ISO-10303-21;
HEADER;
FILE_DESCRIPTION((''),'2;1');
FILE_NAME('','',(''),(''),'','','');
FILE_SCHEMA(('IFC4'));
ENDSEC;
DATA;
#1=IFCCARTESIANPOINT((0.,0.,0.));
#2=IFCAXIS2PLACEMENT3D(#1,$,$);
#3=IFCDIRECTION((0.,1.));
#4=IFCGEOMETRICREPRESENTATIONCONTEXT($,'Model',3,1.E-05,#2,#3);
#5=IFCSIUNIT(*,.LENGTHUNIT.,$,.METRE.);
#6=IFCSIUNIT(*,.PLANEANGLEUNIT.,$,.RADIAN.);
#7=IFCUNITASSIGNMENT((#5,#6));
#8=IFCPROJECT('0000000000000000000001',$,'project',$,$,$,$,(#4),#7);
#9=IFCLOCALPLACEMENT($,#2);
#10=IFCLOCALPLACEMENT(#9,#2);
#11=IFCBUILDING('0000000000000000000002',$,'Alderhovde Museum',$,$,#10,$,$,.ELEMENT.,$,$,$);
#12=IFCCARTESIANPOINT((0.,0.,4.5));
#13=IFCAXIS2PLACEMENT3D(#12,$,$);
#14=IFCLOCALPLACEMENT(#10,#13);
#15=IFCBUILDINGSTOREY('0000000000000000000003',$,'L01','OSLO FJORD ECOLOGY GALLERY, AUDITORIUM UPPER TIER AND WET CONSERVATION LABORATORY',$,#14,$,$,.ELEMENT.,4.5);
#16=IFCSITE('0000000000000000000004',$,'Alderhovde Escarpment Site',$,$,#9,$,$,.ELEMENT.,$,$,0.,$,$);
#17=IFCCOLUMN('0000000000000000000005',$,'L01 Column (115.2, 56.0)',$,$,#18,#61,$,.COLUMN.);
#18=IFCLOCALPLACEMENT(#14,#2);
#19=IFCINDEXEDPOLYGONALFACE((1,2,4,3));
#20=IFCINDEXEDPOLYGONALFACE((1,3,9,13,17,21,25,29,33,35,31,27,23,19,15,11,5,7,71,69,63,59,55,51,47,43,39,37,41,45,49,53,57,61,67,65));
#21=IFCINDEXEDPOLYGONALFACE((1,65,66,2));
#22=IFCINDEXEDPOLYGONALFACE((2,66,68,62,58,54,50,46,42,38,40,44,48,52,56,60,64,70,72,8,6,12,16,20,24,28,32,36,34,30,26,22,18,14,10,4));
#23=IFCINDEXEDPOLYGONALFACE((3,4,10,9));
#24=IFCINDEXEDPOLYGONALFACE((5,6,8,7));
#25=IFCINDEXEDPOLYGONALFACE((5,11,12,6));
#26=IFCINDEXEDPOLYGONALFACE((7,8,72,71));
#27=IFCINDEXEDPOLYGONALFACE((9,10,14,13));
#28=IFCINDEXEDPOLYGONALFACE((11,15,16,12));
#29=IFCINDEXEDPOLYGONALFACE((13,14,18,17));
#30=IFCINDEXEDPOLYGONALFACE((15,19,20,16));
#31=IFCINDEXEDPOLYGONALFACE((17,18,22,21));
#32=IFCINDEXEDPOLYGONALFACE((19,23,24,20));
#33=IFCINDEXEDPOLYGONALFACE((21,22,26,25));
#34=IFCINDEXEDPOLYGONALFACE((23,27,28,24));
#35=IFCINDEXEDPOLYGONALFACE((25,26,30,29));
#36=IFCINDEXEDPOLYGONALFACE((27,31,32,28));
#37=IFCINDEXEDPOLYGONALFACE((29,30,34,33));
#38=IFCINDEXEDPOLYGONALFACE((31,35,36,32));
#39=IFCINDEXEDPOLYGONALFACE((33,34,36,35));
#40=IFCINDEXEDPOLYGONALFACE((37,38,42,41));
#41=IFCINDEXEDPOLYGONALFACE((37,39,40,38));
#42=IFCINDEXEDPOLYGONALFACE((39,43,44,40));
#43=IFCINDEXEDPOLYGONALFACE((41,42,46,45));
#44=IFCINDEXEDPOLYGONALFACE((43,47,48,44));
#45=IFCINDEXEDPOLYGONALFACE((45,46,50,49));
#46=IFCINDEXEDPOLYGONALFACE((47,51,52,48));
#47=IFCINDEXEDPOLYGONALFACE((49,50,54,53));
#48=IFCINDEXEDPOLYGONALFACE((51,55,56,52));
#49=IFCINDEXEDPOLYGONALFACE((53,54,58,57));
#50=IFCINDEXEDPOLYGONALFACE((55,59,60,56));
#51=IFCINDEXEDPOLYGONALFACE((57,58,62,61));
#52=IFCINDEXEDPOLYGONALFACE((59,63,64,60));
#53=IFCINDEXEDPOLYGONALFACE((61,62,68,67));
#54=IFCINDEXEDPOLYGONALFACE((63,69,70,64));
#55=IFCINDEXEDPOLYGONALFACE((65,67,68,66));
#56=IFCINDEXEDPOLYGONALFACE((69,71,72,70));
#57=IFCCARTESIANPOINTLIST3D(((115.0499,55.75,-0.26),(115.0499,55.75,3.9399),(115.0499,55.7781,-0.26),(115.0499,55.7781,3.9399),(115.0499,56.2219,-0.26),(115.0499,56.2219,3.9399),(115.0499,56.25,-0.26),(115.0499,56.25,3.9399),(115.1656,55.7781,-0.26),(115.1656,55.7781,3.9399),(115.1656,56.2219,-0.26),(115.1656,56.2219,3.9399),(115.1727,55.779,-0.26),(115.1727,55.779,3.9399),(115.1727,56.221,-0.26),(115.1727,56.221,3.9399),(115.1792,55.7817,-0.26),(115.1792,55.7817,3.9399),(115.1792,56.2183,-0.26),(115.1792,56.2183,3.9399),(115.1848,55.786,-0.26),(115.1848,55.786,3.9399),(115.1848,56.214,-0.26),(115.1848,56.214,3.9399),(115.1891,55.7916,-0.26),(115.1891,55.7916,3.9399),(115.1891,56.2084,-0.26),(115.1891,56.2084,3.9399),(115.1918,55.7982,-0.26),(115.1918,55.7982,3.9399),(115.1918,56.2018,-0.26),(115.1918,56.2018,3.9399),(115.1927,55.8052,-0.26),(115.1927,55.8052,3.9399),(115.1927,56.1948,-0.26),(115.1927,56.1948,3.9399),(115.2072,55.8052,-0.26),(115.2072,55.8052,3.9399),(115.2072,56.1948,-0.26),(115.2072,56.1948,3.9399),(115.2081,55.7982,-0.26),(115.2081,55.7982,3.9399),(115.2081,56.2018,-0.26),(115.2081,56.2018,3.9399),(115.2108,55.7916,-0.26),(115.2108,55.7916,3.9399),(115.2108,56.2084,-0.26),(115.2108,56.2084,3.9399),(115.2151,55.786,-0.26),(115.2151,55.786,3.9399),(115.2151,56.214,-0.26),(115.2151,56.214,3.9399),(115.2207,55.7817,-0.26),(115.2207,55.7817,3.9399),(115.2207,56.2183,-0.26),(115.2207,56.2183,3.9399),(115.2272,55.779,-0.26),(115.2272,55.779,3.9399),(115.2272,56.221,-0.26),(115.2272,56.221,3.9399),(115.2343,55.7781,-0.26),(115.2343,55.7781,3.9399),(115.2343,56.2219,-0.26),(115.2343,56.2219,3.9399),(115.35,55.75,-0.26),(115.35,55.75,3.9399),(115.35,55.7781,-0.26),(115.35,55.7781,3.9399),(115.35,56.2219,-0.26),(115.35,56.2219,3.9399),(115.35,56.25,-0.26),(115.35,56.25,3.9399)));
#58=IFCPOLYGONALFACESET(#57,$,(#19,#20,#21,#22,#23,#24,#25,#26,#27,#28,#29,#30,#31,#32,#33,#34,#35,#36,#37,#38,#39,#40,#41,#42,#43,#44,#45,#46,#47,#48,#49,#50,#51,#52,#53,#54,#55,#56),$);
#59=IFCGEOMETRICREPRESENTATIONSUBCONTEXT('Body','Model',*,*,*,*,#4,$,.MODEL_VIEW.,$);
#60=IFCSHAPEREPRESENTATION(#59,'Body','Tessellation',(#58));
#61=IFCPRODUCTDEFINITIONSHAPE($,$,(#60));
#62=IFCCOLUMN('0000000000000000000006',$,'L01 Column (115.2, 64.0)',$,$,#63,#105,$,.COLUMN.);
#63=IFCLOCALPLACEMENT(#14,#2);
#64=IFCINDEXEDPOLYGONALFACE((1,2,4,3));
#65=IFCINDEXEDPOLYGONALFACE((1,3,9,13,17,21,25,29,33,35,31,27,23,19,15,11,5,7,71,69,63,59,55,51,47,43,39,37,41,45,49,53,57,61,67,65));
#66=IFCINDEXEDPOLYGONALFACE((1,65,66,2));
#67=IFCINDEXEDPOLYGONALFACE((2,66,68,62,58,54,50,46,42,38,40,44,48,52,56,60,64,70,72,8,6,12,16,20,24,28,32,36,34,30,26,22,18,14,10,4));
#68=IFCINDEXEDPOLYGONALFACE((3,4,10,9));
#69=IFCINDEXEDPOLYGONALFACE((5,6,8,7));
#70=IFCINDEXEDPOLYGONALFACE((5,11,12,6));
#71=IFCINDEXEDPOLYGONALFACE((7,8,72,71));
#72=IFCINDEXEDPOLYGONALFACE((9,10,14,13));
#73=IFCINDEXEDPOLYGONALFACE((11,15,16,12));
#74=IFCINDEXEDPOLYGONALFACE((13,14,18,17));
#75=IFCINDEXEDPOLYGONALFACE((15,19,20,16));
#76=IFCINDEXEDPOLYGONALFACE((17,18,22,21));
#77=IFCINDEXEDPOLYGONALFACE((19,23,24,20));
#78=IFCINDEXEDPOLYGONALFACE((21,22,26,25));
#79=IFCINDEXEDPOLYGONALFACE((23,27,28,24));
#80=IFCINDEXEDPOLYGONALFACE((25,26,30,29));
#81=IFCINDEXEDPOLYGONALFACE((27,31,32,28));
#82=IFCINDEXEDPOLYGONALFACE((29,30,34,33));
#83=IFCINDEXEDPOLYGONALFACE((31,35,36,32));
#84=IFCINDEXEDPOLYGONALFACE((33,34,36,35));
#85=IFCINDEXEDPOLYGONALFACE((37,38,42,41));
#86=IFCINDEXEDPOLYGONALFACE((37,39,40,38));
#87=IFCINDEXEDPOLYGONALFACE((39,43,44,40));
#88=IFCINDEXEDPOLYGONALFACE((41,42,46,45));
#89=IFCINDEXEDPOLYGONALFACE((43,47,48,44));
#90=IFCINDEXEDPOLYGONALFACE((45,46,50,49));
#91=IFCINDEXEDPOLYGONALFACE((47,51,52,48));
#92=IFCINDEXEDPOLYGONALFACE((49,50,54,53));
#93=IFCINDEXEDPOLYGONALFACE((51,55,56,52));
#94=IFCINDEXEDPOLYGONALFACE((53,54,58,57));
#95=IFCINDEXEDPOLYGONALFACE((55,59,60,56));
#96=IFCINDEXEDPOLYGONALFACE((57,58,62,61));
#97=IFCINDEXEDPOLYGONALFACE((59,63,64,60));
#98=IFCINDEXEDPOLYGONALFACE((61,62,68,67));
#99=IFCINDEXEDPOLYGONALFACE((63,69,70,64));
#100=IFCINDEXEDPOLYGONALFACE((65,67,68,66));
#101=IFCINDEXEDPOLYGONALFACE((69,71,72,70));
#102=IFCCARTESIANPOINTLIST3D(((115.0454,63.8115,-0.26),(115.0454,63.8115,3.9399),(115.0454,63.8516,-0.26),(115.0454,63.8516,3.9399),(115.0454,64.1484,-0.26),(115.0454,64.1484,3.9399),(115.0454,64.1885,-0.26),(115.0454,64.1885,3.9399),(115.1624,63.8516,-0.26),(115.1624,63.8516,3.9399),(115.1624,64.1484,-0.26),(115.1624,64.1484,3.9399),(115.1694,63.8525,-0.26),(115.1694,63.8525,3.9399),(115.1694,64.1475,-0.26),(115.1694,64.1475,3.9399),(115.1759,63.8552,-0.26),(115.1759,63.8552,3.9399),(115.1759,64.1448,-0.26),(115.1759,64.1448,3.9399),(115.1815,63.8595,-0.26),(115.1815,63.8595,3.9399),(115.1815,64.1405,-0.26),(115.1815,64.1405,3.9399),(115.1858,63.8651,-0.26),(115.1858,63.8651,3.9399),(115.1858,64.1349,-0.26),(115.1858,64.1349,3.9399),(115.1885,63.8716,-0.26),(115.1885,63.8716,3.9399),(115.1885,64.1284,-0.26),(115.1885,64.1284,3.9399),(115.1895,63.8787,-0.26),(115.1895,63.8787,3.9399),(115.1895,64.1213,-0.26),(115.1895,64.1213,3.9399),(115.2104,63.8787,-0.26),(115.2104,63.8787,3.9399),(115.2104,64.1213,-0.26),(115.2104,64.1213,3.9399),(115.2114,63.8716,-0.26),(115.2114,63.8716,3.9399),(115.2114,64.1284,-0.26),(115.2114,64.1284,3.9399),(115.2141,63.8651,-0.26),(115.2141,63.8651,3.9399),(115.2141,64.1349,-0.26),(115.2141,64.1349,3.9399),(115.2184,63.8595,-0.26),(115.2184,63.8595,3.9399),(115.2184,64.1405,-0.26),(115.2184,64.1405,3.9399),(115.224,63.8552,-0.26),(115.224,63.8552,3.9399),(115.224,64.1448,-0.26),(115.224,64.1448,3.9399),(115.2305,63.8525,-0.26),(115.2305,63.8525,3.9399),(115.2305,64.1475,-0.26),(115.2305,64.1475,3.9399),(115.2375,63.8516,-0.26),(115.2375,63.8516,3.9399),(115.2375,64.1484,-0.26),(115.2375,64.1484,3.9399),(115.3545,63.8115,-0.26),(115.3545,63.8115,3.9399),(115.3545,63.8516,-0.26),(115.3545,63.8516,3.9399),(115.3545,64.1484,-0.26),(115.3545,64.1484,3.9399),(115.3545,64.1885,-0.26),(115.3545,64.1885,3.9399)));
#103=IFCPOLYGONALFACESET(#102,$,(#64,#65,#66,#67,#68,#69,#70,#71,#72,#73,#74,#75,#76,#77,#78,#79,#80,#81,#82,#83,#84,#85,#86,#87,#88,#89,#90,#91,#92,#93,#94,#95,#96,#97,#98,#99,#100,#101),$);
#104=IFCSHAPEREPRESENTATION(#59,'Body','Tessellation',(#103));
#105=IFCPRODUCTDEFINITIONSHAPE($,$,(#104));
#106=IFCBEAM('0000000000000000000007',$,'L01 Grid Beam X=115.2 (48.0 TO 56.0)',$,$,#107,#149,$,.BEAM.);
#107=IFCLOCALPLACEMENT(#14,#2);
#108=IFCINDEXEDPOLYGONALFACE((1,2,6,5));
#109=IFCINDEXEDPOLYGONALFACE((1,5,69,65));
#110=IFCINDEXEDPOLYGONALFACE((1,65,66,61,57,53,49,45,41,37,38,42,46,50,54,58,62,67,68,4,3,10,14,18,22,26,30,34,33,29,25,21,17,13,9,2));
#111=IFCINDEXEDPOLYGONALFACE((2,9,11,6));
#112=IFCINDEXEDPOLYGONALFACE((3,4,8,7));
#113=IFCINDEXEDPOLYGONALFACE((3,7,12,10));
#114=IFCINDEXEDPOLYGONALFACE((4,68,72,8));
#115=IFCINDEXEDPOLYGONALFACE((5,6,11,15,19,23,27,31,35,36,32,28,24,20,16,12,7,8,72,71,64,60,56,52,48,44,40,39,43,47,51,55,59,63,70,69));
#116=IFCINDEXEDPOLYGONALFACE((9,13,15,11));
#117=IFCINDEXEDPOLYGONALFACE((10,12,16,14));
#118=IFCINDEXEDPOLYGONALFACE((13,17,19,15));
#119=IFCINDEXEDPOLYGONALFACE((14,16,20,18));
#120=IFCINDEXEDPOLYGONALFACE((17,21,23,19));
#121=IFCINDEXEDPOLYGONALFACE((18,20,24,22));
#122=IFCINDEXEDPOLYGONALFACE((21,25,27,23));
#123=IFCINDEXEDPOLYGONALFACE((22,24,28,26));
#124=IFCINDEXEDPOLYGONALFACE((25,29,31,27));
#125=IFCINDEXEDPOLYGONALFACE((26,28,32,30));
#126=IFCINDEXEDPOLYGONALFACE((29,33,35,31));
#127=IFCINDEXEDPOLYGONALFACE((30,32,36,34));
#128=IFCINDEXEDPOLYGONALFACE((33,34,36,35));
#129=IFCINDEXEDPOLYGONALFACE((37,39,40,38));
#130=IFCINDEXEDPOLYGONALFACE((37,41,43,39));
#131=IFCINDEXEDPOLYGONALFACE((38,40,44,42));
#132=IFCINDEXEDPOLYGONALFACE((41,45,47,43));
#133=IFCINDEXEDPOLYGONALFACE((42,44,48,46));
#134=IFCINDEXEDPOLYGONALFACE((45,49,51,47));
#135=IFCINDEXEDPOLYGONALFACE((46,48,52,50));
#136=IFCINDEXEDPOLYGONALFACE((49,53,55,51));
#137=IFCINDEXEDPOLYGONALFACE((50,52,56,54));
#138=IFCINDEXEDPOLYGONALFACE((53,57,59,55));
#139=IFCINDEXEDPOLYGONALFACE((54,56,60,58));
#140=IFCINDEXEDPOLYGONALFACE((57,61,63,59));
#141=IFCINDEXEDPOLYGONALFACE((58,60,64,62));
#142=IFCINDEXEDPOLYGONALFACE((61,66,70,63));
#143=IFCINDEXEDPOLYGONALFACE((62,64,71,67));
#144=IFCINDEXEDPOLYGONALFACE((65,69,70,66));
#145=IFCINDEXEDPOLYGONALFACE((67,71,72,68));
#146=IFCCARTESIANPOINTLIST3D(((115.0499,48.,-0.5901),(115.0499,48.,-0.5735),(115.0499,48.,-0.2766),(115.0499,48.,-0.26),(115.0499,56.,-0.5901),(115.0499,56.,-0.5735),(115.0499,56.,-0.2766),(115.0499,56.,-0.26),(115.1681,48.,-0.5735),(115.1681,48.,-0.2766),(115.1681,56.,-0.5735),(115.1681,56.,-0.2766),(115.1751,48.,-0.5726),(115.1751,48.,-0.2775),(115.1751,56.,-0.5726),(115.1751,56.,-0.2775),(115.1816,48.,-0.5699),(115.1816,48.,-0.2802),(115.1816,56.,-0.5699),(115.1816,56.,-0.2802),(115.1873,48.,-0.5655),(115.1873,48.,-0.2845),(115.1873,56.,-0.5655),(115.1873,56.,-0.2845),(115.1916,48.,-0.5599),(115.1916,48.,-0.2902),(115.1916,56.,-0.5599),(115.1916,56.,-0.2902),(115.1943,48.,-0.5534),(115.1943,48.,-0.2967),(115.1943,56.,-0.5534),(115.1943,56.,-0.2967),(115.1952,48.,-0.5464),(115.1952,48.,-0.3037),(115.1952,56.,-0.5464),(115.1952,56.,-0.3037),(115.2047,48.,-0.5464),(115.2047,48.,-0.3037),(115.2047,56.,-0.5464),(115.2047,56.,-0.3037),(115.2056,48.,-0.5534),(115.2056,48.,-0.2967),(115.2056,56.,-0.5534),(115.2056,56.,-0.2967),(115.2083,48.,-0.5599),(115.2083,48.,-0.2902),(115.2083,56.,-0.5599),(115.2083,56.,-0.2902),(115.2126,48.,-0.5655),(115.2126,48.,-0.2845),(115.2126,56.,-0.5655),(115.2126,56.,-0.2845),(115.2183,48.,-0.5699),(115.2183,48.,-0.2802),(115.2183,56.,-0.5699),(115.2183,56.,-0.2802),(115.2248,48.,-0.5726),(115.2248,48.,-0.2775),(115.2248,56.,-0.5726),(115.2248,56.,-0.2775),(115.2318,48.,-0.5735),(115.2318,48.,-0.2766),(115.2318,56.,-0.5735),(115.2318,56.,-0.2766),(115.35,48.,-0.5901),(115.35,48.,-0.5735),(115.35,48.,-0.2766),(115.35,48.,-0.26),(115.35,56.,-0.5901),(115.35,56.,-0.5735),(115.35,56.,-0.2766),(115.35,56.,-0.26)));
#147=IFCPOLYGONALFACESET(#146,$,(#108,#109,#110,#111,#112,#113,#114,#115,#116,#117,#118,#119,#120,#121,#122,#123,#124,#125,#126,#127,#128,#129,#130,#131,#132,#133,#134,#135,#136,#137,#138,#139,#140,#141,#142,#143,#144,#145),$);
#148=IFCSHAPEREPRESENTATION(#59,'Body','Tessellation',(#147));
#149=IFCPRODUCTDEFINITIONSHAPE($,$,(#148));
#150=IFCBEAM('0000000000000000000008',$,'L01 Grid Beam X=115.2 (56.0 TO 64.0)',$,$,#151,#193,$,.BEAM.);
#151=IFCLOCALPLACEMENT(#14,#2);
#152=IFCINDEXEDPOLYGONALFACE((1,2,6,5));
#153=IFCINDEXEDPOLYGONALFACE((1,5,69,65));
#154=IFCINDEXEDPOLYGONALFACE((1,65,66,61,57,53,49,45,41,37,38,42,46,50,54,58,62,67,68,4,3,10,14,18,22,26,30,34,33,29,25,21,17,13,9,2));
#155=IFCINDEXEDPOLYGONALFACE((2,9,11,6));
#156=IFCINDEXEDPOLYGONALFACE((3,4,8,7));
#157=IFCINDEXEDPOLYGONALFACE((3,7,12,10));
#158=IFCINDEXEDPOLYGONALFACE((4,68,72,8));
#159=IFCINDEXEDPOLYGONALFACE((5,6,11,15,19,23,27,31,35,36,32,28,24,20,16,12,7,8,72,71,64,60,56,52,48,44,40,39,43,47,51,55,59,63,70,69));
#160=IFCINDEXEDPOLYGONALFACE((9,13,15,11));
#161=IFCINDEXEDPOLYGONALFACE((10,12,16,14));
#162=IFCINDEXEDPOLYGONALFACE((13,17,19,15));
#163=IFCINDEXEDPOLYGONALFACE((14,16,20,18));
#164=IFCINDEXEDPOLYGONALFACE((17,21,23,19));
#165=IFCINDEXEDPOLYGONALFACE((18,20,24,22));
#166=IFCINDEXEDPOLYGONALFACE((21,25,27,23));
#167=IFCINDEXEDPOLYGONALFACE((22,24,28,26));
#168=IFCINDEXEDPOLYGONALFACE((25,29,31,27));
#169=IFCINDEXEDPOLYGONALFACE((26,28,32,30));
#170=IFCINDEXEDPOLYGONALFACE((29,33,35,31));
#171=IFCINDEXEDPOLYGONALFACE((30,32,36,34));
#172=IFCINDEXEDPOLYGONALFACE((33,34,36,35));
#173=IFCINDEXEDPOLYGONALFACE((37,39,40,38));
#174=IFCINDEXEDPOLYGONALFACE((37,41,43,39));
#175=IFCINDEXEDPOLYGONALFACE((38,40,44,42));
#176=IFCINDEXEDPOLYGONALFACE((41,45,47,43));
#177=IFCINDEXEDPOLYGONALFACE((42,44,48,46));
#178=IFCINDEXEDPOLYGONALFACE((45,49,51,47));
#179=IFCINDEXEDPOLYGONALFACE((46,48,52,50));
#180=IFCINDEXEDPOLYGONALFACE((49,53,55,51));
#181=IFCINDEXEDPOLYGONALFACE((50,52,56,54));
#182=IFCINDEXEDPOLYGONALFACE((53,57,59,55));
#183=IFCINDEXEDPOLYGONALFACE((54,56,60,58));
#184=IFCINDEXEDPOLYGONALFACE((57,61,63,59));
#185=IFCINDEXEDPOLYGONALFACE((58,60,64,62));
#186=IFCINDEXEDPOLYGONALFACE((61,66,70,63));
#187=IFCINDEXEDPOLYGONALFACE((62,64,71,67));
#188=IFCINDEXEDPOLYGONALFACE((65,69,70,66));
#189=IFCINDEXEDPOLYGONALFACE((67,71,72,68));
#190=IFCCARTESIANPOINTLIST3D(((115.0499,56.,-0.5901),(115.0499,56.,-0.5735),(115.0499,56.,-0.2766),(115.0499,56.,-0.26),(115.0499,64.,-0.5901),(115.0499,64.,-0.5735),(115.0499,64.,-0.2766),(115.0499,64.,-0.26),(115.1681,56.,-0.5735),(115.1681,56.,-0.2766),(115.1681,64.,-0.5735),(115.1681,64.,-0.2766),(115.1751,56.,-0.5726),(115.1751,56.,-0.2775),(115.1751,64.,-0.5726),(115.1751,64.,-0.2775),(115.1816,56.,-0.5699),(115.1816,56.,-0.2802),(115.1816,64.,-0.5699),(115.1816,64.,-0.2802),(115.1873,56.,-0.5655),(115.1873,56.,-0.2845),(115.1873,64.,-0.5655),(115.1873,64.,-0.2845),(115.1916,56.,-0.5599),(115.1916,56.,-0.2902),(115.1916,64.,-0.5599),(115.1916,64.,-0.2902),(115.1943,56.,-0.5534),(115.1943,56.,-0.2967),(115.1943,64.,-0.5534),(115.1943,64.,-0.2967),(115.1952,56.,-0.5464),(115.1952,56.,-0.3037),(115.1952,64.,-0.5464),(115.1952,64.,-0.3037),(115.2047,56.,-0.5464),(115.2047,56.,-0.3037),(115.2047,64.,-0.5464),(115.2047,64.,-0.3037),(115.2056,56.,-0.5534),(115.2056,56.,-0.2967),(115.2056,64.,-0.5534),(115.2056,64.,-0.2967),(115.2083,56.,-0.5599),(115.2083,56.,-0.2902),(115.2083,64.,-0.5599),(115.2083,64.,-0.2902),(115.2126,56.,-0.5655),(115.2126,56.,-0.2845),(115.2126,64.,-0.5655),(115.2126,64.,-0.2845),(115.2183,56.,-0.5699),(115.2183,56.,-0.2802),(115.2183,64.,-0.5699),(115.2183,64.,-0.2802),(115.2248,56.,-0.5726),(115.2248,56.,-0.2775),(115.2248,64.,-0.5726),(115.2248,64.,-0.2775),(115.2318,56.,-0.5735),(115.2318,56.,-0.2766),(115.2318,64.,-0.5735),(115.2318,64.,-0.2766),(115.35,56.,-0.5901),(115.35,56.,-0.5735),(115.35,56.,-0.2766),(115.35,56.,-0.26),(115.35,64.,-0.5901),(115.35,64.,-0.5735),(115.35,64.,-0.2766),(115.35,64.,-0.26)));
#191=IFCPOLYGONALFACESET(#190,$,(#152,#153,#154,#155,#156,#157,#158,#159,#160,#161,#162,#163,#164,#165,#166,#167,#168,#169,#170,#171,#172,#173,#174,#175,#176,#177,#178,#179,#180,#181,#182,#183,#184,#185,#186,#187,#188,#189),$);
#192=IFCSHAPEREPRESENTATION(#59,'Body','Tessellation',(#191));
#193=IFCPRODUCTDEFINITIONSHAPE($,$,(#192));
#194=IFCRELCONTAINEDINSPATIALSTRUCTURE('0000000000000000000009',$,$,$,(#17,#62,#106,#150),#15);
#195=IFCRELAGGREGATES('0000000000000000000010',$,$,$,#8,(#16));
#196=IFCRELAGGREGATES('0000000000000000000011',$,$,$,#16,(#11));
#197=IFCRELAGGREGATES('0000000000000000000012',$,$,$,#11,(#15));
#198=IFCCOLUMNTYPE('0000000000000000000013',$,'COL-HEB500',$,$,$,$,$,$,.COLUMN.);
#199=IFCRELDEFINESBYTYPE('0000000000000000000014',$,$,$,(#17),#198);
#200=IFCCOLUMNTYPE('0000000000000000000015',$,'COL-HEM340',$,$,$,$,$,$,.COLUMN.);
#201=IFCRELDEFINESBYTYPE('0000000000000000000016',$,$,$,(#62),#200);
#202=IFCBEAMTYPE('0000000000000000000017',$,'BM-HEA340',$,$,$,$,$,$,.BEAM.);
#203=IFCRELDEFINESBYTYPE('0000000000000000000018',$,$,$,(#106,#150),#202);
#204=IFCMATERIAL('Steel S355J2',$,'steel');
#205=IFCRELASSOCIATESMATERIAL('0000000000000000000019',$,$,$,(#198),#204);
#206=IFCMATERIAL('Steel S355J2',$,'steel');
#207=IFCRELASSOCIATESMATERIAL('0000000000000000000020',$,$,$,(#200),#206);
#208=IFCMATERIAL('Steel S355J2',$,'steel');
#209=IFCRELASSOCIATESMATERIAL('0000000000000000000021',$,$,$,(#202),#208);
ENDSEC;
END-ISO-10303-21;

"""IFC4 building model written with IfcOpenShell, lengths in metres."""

from ifc_helpers import new_model, si_unit, direction, frame, origin, origin_2d, place, context, subcontext, project, spatial, i_section, extrude, material, material_profile, profile_set, type_object, element, save


model = new_model("IFC4")

# Units and contexts
model_context = context("Model", 3, precision=1e-05, world=origin(), true_north=direction((0.0, 1.0)))
body_context = subcontext(model_context, "Body", "Model", "MODEL_VIEW")
ifc_project = project(units=[si_unit("LENGTHUNIT", "METRE"), si_unit("PLANEANGLEUNIT", "RADIAN")], contexts=[model_context])

# Site, building, storey
site_placement = place(None, origin())
site = spatial("IfcSite", under=ifc_project, at=site_placement, Name="Alderhovde Escarpment Site", CompositionType="ELEMENT", RefElevation=0.0)
building_placement = place(site_placement, origin())
building = spatial("IfcBuilding", under=site, at=building_placement, Name="Alderhovde Museum", CompositionType="ELEMENT")
storey_placement = place(building_placement, frame((0.0, 0.0, 4.5)))
storey = spatial("IfcBuildingStorey", under=building, at=storey_placement, Name="L01", Description="OSLO FJORD ECOLOGY GALLERY, AUDITORIUM UPPER TIER AND WET CONSERVATION LABORATORY", CompositionType="ELEMENT", Elevation=4.5)

# Columns
ifc_material_1 = material(Name="Steel S355J2", Category="steel")
ifc_material_profile_1 = material_profile(ifc_material_1, i_section(OverallWidth=0.3, OverallDepth=0.5, WebThickness=0.0144, FlangeThickness=0.0281, FilletRadius=0.0271, at=origin_2d()), Name="HEB 500")
ifc_profile_set_1 = profile_set([ifc_material_profile_1], Name="Steel S355J2")
column_type_1 = type_object("IfcColumnType", Name="COL-HEB500", PredefinedType="COLUMN", material=ifc_profile_set_1)
column_1_placement = place(storey_placement, frame((115.2, 56.0, -0.26), z_axis=(0.0, 0.0, 1.0), x_axis=(1.0, 0.0, 0.0)))
element("IfcColumn", 1, at=column_1_placement, inside=storey, type_object=column_type_1, Name="L01 Column (115.2, 56.0)", PredefinedType="COLUMN", context=body_context, shape_type="SweptSolid", body=[
    extrude(i_section(OverallWidth=0.3, OverallDepth=0.5, WebThickness=0.0144, FlangeThickness=0.0281, FilletRadius=0.0271, at=origin_2d()), origin(), (0.0, 0.0, 1.0), 4.2),
])
ifc_material_2 = material(Name="Steel S355J2", Category="steel")
ifc_material_profile_2 = material_profile(ifc_material_2, i_section(OverallWidth=0.3091, OverallDepth=0.377, WebThickness=0.021, FlangeThickness=0.04, FilletRadius=0.0271, at=origin_2d()), Name="HEM 340")
ifc_profile_set_2 = profile_set([ifc_material_profile_2], Name="Steel S355J2")
column_type_2 = type_object("IfcColumnType", Name="COL-HEM340", PredefinedType="COLUMN", material=ifc_profile_set_2)
column_2_placement = place(storey_placement, frame((115.2, 64.0, -0.26), z_axis=(0.0, 0.0, 1.0), x_axis=(1.0, 0.0, 0.0)))
element("IfcColumn", 2, at=column_2_placement, inside=storey, type_object=column_type_2, Name="L01 Column (115.2, 64.0)", PredefinedType="COLUMN", context=body_context, shape_type="SweptSolid", body=[
    extrude(i_section(OverallWidth=0.3091, OverallDepth=0.377, WebThickness=0.021, FlangeThickness=0.04, FilletRadius=0.0271, at=origin_2d()), origin(), (0.0, 0.0, 1.0), 4.2),
])

# Beams
ifc_material_3 = material(Name="Steel S355J2", Category="steel")
ifc_material_profile_3 = material_profile(ifc_material_3, i_section(OverallWidth=0.3, OverallDepth=0.3301, WebThickness=0.0095, FlangeThickness=0.0166, FilletRadius=0.0271, at=origin_2d()), Name="HEA 340")
ifc_profile_set_3 = profile_set([ifc_material_profile_3], Name="Steel S355J2")
beam_type_1 = type_object("IfcBeamType", Name="BM-HEA340", PredefinedType="BEAM", material=ifc_profile_set_3)
for number, where, z_axis, x_axis, name in (
    (3, (115.2, 48.0, -0.425), (0.0, 1.0, 0.0), (-1.0, 0.0, 0.0), "L01 Grid Beam X=115.2 (48.0 TO 56.0)"),
    (4, (115.2, 56.0, -0.425), (0.0, 1.0, 0.0), (-1.0, 0.0, 0.0), "L01 Grid Beam X=115.2 (56.0 TO 64.0)"),
):
    element("IfcBeam", number, at=place(storey_placement, frame(where, z_axis=z_axis, x_axis=x_axis)), inside=storey, type_object=beam_type_1, Name=name, PredefinedType="BEAM", context=body_context, shape_type="SweptSolid", body=[
        extrude(i_section(OverallWidth=0.3, OverallDepth=0.3301, WebThickness=0.0095, FlangeThickness=0.0166, FilletRadius=0.0271, at=origin_2d()), origin(), (0.0, 0.0, 1.0), 8.0),
    ])

save(model, "model.ifc")
